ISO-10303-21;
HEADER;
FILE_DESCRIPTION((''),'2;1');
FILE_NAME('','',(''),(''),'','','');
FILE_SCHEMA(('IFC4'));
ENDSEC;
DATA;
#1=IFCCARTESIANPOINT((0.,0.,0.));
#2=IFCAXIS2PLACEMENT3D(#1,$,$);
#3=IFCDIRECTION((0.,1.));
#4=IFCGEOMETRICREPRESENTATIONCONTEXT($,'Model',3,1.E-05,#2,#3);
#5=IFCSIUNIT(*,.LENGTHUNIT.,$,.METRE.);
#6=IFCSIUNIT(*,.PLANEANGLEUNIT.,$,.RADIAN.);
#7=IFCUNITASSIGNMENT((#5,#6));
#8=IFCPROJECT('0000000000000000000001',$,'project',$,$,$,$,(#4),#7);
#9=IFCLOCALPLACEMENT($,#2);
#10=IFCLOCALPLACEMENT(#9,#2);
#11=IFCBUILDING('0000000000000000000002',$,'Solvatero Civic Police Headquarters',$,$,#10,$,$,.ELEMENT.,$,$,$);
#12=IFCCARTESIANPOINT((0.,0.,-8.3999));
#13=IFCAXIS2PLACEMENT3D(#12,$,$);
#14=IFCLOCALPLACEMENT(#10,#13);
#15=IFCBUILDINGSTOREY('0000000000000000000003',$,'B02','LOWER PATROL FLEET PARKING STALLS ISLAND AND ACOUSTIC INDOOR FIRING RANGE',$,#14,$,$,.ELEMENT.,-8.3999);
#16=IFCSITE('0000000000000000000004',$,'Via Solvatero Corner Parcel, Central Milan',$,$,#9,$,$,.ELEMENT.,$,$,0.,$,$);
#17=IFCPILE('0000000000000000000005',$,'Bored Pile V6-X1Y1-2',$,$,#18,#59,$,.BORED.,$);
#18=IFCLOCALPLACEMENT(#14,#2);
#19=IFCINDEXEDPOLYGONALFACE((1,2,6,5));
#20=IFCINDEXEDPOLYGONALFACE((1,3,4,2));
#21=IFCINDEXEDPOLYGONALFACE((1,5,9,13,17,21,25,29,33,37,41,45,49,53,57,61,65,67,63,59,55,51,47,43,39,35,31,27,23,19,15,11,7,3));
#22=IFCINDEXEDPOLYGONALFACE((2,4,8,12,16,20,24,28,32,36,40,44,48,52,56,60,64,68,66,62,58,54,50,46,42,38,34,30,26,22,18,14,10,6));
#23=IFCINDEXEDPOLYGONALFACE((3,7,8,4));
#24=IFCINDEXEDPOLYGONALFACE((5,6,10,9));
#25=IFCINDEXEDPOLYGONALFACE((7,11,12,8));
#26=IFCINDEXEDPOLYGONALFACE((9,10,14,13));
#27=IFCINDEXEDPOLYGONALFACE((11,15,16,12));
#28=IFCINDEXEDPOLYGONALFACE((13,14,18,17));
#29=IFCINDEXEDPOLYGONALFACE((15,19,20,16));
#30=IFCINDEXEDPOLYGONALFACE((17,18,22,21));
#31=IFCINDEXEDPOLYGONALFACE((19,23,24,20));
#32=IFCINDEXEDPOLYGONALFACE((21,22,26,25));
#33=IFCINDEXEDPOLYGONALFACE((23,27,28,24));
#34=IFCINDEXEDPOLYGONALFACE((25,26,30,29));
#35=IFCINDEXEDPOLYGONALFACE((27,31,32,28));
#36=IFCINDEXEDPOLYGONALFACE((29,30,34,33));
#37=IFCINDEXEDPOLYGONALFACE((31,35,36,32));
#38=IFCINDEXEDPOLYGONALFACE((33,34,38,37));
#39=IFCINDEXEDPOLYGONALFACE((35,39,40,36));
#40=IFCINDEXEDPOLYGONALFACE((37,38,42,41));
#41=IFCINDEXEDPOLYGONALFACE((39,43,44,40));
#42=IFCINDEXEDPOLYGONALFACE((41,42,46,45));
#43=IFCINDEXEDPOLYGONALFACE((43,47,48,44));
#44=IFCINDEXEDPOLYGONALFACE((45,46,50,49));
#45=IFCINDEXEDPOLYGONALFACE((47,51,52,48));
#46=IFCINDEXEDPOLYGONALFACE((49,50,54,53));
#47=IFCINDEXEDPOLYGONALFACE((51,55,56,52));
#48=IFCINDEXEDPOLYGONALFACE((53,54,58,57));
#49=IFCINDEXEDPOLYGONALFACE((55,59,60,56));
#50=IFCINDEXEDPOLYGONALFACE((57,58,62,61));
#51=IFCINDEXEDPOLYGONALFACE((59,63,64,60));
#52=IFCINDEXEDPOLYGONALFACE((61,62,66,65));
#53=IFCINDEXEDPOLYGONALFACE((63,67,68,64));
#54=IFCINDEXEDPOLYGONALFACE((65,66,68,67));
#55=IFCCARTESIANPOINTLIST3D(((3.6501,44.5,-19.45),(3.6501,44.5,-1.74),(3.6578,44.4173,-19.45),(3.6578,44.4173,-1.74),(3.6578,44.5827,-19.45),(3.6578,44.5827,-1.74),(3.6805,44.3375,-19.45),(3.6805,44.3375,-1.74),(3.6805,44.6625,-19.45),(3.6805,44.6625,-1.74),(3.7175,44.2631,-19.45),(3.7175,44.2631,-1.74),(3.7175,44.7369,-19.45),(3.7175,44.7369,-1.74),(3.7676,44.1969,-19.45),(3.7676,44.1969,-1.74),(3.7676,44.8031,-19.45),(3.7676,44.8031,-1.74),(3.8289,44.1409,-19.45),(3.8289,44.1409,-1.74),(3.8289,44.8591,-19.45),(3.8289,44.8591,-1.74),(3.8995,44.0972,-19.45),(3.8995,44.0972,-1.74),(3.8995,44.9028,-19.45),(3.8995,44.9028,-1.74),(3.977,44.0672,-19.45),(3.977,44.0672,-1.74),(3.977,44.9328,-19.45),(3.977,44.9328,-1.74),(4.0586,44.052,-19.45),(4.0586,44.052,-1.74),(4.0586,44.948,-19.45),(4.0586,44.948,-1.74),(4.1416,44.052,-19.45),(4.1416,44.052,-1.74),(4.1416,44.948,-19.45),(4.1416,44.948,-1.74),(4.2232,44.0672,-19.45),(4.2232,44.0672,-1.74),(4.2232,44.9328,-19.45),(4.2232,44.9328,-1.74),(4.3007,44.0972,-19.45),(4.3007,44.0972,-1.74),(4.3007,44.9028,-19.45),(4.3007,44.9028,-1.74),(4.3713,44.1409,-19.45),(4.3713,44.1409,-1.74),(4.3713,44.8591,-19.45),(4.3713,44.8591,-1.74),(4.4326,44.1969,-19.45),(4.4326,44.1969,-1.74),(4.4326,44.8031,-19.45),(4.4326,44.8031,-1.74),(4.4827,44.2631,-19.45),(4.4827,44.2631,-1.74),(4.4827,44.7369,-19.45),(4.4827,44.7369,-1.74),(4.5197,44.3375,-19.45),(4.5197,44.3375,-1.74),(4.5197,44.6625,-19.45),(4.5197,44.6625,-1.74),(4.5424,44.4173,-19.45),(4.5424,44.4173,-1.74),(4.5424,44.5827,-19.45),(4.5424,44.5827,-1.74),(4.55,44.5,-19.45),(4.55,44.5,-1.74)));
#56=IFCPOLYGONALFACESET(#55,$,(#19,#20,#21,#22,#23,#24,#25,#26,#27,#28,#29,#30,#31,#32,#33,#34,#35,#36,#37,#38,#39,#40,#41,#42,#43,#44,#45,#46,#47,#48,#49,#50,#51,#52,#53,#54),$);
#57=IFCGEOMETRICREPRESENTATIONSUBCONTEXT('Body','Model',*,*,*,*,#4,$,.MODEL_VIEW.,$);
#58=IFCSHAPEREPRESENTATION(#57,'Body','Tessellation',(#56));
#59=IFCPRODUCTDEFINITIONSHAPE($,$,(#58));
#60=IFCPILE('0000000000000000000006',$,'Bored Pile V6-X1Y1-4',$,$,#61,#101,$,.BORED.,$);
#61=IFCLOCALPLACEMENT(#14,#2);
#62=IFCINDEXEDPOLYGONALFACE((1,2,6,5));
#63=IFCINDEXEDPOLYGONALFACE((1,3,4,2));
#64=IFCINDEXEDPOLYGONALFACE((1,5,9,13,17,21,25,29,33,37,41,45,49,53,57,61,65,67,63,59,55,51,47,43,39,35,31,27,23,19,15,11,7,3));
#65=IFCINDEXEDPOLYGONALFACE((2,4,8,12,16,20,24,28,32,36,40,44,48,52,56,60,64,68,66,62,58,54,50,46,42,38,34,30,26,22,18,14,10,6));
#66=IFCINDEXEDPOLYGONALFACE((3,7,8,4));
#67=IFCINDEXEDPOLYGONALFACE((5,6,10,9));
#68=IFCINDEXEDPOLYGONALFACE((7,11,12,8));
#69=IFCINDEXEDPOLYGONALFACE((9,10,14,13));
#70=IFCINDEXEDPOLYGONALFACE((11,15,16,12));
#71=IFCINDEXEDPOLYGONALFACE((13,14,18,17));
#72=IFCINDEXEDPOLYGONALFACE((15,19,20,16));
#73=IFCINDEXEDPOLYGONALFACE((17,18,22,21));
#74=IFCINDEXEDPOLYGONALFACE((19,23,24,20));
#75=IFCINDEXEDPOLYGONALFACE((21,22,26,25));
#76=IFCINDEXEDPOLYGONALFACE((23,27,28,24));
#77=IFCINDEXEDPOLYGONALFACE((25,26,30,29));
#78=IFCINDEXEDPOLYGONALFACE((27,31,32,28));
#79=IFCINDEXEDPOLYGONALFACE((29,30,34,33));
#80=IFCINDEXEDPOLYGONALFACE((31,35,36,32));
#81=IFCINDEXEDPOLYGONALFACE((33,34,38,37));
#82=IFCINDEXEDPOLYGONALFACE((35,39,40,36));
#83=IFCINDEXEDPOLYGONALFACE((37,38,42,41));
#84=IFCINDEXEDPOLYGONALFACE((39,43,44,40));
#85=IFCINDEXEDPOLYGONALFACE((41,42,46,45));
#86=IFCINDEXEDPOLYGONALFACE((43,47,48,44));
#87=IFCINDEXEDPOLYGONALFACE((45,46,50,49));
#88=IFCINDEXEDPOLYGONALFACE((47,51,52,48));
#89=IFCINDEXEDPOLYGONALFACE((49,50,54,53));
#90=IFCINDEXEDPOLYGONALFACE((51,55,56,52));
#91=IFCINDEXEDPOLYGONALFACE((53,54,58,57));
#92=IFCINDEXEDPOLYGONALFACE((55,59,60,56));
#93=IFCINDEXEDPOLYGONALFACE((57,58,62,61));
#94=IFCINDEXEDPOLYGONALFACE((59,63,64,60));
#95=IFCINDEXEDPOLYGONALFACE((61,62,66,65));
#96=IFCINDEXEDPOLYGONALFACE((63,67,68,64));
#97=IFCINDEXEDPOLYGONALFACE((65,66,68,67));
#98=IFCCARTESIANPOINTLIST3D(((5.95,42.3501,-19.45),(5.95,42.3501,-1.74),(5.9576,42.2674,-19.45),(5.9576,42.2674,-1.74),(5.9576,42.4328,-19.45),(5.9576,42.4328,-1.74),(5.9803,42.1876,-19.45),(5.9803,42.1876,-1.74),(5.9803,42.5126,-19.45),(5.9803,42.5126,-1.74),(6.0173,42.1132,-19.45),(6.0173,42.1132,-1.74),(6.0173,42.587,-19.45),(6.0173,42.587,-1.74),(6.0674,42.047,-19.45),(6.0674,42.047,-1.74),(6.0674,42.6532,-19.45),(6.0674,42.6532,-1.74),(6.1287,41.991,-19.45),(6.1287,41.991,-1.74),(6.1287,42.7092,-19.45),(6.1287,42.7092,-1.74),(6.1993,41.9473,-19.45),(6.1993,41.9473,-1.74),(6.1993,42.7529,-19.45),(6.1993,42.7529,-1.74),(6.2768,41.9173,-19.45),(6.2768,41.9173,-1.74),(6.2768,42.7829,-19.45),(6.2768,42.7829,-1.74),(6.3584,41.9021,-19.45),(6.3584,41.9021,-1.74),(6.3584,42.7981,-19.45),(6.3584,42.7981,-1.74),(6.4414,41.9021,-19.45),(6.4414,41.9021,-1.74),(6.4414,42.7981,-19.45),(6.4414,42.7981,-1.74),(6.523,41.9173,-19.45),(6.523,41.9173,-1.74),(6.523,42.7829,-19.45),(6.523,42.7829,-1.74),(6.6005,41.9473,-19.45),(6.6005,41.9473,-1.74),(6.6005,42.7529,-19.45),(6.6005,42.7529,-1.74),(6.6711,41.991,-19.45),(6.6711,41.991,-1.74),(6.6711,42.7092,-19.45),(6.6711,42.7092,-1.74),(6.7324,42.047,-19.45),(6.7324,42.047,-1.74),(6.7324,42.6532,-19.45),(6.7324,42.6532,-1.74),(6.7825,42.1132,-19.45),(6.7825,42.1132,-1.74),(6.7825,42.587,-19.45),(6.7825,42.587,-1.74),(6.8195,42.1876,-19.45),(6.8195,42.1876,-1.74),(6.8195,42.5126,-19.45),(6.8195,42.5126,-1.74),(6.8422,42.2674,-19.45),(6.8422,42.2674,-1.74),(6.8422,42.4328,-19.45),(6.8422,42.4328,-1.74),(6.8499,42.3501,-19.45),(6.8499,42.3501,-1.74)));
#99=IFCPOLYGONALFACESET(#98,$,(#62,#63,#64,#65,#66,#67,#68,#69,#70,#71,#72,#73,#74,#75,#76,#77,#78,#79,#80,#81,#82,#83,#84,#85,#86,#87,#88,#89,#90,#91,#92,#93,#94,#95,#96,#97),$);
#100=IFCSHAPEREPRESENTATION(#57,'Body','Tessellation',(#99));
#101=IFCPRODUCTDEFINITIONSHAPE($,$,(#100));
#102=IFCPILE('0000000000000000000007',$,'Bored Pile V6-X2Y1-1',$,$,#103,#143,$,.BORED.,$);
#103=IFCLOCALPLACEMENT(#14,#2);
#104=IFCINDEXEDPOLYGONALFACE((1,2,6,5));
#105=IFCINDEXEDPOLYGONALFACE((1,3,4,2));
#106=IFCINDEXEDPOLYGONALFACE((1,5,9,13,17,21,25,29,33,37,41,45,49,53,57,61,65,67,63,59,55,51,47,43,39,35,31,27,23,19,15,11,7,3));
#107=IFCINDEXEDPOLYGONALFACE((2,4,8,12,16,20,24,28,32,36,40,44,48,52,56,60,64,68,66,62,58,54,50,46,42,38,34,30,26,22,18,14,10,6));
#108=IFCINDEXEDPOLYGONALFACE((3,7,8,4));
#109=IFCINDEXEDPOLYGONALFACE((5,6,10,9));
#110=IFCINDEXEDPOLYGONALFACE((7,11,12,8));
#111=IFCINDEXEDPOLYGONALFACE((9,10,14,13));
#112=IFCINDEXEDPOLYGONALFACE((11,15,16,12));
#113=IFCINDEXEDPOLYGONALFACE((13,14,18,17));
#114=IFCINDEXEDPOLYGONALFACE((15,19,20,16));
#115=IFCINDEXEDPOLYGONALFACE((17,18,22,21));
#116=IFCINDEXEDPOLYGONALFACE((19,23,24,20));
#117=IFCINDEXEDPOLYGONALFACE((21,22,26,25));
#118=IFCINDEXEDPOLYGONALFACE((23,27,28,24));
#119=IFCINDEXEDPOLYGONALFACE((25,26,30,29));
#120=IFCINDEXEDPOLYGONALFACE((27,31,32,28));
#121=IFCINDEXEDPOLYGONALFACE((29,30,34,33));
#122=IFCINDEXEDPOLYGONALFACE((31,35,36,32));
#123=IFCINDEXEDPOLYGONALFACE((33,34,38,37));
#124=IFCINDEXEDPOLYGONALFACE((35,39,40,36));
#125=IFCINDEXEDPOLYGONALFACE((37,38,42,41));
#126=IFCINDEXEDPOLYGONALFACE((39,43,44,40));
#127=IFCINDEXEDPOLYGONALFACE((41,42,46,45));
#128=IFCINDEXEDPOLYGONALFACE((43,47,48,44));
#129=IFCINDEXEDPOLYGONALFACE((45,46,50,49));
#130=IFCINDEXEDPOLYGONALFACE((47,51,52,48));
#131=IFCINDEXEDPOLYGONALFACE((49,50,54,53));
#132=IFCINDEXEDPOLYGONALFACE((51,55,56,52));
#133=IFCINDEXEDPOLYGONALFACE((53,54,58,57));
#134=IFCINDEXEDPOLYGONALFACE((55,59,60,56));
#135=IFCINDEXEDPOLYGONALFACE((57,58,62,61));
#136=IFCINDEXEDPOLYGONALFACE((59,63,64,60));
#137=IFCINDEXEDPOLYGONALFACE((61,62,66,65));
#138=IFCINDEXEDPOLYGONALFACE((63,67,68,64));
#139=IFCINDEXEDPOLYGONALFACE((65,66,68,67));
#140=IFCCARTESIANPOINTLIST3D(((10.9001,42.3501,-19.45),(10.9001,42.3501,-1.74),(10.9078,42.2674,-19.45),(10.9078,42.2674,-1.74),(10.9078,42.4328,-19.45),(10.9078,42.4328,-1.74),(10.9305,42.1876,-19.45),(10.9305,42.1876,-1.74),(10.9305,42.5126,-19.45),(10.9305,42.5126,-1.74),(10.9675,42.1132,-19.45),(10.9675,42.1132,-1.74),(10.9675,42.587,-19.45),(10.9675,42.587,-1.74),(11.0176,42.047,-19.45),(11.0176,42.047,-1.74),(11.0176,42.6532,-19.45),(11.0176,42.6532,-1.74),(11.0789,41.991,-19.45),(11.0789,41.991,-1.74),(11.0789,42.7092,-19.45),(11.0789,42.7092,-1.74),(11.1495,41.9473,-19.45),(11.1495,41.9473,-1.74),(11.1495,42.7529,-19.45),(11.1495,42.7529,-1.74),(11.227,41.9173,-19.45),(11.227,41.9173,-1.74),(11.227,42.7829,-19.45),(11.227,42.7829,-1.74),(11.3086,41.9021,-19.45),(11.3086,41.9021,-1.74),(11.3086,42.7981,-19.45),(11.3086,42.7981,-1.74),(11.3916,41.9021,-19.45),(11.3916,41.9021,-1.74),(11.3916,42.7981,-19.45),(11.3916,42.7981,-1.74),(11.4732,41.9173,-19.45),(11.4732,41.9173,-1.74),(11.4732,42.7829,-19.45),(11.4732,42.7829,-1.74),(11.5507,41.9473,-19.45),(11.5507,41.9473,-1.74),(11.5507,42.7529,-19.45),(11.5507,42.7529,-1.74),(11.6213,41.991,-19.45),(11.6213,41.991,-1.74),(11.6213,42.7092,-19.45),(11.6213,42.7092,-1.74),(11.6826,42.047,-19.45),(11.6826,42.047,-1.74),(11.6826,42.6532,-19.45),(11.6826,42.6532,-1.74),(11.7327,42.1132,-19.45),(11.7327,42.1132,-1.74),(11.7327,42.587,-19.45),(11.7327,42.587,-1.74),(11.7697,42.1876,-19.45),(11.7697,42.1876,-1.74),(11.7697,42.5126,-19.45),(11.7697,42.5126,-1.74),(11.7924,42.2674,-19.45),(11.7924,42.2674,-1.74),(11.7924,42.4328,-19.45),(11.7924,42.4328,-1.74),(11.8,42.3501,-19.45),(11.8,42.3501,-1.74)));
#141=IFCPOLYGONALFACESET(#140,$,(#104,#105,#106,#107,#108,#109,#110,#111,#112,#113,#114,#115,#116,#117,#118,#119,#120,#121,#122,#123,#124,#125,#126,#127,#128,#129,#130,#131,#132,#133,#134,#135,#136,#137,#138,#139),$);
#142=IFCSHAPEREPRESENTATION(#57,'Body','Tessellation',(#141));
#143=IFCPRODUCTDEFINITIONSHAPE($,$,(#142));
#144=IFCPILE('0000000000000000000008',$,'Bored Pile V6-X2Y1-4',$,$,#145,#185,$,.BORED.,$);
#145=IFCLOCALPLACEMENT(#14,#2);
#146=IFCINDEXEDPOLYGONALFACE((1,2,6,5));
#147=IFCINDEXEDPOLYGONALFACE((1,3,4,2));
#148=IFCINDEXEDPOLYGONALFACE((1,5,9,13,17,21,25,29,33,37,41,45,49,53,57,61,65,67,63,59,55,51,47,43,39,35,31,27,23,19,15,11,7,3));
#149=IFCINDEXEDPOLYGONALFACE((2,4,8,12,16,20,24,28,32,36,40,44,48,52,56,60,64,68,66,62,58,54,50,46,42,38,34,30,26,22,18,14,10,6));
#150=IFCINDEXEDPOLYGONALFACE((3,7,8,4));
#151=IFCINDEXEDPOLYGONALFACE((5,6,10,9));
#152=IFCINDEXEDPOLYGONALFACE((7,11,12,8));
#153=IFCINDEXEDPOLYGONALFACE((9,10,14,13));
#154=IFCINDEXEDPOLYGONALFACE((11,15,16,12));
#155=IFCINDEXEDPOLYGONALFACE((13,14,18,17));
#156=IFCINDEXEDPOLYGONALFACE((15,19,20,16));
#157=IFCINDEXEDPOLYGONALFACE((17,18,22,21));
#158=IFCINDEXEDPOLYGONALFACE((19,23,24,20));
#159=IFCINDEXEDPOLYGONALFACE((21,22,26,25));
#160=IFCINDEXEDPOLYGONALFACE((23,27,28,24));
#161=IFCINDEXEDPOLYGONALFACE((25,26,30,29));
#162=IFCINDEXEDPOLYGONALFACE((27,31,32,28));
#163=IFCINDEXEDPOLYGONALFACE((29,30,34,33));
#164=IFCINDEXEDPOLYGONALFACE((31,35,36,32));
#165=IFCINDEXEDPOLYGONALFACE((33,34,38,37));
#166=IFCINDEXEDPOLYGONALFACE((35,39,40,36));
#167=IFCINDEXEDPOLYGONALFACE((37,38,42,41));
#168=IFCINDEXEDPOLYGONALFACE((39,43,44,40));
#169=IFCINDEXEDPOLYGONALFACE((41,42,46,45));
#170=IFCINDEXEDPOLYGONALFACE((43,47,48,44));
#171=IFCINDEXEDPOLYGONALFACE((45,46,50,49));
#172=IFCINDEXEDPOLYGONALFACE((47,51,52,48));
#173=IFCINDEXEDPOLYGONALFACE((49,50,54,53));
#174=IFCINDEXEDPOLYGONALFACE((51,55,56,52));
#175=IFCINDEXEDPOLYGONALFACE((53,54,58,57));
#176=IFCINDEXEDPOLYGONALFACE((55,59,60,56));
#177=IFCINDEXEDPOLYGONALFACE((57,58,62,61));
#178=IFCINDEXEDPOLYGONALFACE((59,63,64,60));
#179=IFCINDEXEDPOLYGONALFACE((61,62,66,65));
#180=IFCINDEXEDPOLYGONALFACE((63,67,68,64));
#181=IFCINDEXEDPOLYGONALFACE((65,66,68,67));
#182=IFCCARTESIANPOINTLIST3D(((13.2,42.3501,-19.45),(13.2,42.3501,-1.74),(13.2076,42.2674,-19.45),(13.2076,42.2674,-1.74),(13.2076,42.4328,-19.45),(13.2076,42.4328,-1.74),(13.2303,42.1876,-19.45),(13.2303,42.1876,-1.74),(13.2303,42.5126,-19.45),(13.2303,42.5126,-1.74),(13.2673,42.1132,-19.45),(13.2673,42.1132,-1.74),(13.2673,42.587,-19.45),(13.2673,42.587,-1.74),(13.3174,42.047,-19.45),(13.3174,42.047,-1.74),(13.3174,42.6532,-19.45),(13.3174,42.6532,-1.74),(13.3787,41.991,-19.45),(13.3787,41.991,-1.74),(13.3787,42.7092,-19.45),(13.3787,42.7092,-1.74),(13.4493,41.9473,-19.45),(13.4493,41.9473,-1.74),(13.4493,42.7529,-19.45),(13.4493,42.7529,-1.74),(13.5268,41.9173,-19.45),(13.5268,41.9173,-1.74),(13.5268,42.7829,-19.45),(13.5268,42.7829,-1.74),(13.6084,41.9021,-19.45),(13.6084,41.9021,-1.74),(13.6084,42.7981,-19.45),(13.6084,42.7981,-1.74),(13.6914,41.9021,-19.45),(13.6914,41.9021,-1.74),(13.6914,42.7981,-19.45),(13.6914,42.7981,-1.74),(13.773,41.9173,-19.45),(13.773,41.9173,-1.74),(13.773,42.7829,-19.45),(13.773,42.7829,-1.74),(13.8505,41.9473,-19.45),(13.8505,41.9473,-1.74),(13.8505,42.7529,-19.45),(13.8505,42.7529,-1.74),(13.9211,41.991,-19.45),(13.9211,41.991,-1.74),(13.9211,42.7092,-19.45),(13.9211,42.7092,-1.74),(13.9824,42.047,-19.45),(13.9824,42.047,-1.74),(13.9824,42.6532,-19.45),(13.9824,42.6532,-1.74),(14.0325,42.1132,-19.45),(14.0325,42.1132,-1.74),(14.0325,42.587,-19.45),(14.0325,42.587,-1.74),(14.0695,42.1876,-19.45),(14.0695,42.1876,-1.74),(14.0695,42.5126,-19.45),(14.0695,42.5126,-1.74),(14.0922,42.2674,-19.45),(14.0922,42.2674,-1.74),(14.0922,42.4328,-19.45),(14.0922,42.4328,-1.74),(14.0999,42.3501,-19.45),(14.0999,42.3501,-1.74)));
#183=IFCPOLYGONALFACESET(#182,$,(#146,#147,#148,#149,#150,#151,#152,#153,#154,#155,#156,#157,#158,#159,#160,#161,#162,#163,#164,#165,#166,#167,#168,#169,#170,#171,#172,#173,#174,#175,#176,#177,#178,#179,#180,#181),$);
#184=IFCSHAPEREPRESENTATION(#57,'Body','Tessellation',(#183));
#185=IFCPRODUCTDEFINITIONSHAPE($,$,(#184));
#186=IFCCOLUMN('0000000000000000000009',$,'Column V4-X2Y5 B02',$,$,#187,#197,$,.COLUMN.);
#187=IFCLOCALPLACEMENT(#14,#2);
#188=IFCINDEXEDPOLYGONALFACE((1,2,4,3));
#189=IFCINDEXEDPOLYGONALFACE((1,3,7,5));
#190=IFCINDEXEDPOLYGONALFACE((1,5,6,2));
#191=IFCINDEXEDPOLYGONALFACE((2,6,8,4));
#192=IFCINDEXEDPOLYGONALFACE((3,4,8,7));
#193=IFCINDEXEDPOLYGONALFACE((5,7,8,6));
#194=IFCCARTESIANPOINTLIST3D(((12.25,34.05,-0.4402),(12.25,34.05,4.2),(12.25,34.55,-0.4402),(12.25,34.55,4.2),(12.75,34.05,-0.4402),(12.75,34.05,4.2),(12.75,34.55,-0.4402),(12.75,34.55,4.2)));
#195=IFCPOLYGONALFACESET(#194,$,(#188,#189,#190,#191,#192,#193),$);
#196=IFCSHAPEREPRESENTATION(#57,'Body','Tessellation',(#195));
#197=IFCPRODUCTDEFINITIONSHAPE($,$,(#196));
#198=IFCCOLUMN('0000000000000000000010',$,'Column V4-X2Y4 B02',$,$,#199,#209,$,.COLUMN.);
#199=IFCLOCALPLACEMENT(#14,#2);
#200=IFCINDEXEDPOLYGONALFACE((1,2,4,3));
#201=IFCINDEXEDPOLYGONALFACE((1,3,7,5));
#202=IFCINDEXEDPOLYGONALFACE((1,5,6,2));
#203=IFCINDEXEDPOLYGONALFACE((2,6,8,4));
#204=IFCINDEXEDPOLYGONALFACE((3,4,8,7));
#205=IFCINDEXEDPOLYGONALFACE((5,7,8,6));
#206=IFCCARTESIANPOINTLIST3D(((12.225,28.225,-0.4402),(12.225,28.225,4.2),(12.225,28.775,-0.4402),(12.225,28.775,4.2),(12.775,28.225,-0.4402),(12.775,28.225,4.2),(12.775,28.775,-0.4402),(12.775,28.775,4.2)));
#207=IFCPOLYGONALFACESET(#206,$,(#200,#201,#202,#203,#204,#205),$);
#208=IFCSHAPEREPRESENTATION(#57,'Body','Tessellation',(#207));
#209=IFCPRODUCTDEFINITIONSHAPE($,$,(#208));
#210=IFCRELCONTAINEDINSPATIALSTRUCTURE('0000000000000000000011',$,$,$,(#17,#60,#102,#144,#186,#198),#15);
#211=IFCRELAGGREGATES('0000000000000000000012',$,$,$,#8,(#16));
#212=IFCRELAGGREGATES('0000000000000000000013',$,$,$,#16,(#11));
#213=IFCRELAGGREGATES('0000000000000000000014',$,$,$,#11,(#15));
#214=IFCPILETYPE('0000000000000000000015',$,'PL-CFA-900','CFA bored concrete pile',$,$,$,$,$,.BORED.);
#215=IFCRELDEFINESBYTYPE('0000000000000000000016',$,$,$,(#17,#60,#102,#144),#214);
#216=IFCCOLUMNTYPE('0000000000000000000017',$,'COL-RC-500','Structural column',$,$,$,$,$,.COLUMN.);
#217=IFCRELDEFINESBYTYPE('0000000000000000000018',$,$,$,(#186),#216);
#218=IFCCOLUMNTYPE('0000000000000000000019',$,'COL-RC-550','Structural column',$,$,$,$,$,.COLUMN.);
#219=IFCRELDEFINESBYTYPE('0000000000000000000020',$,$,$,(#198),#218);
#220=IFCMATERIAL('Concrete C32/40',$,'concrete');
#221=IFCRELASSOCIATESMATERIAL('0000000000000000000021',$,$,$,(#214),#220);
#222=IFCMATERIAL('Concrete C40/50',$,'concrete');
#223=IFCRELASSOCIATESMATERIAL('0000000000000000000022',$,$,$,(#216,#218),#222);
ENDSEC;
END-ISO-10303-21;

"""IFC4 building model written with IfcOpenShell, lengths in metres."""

from ifc_helpers import new_model, si_unit, direction, frame, origin, origin_2d, place, context, subcontext, project, spatial, rectangle, circle, extrude, material, material_profile, profile_set, type_object, element, save


model = new_model("IFC4")

# Units and contexts
model_context = context("Model", 3, precision=1e-05, world=origin(), true_north=direction((0.0, 1.0)))
body_context = subcontext(model_context, "Body", "Model", "MODEL_VIEW")
ifc_project = project(units=[si_unit("LENGTHUNIT", "METRE"), si_unit("PLANEANGLEUNIT", "RADIAN")], contexts=[model_context])

# Site, building, storey
site_placement = place(None, origin())
site = spatial("IfcSite", under=ifc_project, at=site_placement, Name="Via Solvatero Corner Parcel, Central Milan", CompositionType="ELEMENT", RefElevation=0.0)
building_placement = place(site_placement, origin())
building = spatial("IfcBuilding", under=site, at=building_placement, Name="Solvatero Civic Police Headquarters", CompositionType="ELEMENT")
storey_placement = place(building_placement, frame((0.0, 0.0, -8.3999)))
storey = spatial("IfcBuildingStorey", under=building, at=storey_placement, Name="B02", Description="LOWER PATROL FLEET PARKING STALLS ISLAND AND ACOUSTIC INDOOR FIRING RANGE", CompositionType="ELEMENT", Elevation=-8.3999)

# Piles
ifc_material_1 = material(Name="Concrete C32/40", Category="concrete")
ifc_material_profile_1 = material_profile(ifc_material_1, circle(Radius=0.45, at=origin_2d()), Name="CFA PILE D900")
ifc_profile_set_1 = profile_set([ifc_material_profile_1], Name="Concrete C32/40")
pile_type_1 = type_object("IfcPileType", Name="PL-CFA-900", Description="CFA bored concrete pile", PredefinedType="BORED", material=ifc_profile_set_1)
for number, where, z_axis, x_axis, name in (
    (1, (4.1001, 44.5, -1.74), (0.0, 0.0, -1.0), (1.0, 0.0, 0.0), "Bored Pile V6-X1Y1-2"),
    (2, (6.3999, 42.3501, -1.74), (0.0, 0.0, -1.0), (1.0, 0.0, 0.0), "Bored Pile V6-X1Y1-4"),
    (3, (11.3501, 42.3501, -1.74), (0.0, 0.0, -1.0), (1.0, 0.0, 0.0), "Bored Pile V6-X2Y1-1"),
    (4, (13.6499, 42.3501, -1.74), (0.0, 0.0, -1.0), (1.0, 0.0, 0.0), "Bored Pile V6-X2Y1-4"),
):
    element("IfcPile", number, at=place(storey_placement, frame(where, z_axis=z_axis, x_axis=x_axis)), inside=storey, type_object=pile_type_1, Name=name, PredefinedType="BORED", context=body_context, shape_type="SweptSolid", body=[
        extrude(circle(Radius=0.45, at=origin_2d()), origin(), (0.0, 0.0, 1.0), 17.71),
    ])

# Columns
ifc_material_2 = material(Name="Concrete C40/50", Category="concrete")
ifc_material_profile_2 = material_profile(ifc_material_2, rectangle(XDim=0.5, YDim=0.5, at=origin_2d()), Name="RC 500x500")
ifc_profile_set_2 = profile_set([ifc_material_profile_2], Name="Concrete C40/50")
column_type_1 = type_object("IfcColumnType", Name="COL-RC-500", Description="Structural column", PredefinedType="COLUMN", material=ifc_profile_set_2)
column_1_placement = place(storey_placement, frame((12.5, 34.3, -0.4402), z_axis=(0.0, 0.0, 1.0), x_axis=(1.0, 0.0, 0.0)))
element("IfcColumn", 5, at=column_1_placement, inside=storey, type_object=column_type_1, Name="Column V4-X2Y5 B02", PredefinedType="COLUMN", context=body_context, shape_type="SweptSolid", body=[
    extrude(rectangle(XDim=0.5, YDim=0.5, at=origin_2d()), origin(), (0.0, 0.0, 1.0), 4.6401),
])
ifc_material_profile_3 = material_profile(ifc_material_2, rectangle(XDim=0.55, YDim=0.55, at=origin_2d()), Name="RC 550x550")
ifc_profile_set_3 = profile_set([ifc_material_profile_3], Name="Concrete C40/50")
column_type_2 = type_object("IfcColumnType", Name="COL-RC-550", Description="Structural column", PredefinedType="COLUMN", material=ifc_profile_set_3)
column_2_placement = place(storey_placement, frame((12.5, 28.5, -0.4402), z_axis=(0.0, 0.0, 1.0), x_axis=(1.0, 0.0, 0.0)))
element("IfcColumn", 6, at=column_2_placement, inside=storey, type_object=column_type_2, Name="Column V4-X2Y4 B02", PredefinedType="COLUMN", context=body_context, shape_type="SweptSolid", body=[
    extrude(rectangle(XDim=0.55, YDim=0.55, at=origin_2d()), origin(), (0.0, 0.0, 1.0), 4.6401),
])

save(model, "model.ifc")
